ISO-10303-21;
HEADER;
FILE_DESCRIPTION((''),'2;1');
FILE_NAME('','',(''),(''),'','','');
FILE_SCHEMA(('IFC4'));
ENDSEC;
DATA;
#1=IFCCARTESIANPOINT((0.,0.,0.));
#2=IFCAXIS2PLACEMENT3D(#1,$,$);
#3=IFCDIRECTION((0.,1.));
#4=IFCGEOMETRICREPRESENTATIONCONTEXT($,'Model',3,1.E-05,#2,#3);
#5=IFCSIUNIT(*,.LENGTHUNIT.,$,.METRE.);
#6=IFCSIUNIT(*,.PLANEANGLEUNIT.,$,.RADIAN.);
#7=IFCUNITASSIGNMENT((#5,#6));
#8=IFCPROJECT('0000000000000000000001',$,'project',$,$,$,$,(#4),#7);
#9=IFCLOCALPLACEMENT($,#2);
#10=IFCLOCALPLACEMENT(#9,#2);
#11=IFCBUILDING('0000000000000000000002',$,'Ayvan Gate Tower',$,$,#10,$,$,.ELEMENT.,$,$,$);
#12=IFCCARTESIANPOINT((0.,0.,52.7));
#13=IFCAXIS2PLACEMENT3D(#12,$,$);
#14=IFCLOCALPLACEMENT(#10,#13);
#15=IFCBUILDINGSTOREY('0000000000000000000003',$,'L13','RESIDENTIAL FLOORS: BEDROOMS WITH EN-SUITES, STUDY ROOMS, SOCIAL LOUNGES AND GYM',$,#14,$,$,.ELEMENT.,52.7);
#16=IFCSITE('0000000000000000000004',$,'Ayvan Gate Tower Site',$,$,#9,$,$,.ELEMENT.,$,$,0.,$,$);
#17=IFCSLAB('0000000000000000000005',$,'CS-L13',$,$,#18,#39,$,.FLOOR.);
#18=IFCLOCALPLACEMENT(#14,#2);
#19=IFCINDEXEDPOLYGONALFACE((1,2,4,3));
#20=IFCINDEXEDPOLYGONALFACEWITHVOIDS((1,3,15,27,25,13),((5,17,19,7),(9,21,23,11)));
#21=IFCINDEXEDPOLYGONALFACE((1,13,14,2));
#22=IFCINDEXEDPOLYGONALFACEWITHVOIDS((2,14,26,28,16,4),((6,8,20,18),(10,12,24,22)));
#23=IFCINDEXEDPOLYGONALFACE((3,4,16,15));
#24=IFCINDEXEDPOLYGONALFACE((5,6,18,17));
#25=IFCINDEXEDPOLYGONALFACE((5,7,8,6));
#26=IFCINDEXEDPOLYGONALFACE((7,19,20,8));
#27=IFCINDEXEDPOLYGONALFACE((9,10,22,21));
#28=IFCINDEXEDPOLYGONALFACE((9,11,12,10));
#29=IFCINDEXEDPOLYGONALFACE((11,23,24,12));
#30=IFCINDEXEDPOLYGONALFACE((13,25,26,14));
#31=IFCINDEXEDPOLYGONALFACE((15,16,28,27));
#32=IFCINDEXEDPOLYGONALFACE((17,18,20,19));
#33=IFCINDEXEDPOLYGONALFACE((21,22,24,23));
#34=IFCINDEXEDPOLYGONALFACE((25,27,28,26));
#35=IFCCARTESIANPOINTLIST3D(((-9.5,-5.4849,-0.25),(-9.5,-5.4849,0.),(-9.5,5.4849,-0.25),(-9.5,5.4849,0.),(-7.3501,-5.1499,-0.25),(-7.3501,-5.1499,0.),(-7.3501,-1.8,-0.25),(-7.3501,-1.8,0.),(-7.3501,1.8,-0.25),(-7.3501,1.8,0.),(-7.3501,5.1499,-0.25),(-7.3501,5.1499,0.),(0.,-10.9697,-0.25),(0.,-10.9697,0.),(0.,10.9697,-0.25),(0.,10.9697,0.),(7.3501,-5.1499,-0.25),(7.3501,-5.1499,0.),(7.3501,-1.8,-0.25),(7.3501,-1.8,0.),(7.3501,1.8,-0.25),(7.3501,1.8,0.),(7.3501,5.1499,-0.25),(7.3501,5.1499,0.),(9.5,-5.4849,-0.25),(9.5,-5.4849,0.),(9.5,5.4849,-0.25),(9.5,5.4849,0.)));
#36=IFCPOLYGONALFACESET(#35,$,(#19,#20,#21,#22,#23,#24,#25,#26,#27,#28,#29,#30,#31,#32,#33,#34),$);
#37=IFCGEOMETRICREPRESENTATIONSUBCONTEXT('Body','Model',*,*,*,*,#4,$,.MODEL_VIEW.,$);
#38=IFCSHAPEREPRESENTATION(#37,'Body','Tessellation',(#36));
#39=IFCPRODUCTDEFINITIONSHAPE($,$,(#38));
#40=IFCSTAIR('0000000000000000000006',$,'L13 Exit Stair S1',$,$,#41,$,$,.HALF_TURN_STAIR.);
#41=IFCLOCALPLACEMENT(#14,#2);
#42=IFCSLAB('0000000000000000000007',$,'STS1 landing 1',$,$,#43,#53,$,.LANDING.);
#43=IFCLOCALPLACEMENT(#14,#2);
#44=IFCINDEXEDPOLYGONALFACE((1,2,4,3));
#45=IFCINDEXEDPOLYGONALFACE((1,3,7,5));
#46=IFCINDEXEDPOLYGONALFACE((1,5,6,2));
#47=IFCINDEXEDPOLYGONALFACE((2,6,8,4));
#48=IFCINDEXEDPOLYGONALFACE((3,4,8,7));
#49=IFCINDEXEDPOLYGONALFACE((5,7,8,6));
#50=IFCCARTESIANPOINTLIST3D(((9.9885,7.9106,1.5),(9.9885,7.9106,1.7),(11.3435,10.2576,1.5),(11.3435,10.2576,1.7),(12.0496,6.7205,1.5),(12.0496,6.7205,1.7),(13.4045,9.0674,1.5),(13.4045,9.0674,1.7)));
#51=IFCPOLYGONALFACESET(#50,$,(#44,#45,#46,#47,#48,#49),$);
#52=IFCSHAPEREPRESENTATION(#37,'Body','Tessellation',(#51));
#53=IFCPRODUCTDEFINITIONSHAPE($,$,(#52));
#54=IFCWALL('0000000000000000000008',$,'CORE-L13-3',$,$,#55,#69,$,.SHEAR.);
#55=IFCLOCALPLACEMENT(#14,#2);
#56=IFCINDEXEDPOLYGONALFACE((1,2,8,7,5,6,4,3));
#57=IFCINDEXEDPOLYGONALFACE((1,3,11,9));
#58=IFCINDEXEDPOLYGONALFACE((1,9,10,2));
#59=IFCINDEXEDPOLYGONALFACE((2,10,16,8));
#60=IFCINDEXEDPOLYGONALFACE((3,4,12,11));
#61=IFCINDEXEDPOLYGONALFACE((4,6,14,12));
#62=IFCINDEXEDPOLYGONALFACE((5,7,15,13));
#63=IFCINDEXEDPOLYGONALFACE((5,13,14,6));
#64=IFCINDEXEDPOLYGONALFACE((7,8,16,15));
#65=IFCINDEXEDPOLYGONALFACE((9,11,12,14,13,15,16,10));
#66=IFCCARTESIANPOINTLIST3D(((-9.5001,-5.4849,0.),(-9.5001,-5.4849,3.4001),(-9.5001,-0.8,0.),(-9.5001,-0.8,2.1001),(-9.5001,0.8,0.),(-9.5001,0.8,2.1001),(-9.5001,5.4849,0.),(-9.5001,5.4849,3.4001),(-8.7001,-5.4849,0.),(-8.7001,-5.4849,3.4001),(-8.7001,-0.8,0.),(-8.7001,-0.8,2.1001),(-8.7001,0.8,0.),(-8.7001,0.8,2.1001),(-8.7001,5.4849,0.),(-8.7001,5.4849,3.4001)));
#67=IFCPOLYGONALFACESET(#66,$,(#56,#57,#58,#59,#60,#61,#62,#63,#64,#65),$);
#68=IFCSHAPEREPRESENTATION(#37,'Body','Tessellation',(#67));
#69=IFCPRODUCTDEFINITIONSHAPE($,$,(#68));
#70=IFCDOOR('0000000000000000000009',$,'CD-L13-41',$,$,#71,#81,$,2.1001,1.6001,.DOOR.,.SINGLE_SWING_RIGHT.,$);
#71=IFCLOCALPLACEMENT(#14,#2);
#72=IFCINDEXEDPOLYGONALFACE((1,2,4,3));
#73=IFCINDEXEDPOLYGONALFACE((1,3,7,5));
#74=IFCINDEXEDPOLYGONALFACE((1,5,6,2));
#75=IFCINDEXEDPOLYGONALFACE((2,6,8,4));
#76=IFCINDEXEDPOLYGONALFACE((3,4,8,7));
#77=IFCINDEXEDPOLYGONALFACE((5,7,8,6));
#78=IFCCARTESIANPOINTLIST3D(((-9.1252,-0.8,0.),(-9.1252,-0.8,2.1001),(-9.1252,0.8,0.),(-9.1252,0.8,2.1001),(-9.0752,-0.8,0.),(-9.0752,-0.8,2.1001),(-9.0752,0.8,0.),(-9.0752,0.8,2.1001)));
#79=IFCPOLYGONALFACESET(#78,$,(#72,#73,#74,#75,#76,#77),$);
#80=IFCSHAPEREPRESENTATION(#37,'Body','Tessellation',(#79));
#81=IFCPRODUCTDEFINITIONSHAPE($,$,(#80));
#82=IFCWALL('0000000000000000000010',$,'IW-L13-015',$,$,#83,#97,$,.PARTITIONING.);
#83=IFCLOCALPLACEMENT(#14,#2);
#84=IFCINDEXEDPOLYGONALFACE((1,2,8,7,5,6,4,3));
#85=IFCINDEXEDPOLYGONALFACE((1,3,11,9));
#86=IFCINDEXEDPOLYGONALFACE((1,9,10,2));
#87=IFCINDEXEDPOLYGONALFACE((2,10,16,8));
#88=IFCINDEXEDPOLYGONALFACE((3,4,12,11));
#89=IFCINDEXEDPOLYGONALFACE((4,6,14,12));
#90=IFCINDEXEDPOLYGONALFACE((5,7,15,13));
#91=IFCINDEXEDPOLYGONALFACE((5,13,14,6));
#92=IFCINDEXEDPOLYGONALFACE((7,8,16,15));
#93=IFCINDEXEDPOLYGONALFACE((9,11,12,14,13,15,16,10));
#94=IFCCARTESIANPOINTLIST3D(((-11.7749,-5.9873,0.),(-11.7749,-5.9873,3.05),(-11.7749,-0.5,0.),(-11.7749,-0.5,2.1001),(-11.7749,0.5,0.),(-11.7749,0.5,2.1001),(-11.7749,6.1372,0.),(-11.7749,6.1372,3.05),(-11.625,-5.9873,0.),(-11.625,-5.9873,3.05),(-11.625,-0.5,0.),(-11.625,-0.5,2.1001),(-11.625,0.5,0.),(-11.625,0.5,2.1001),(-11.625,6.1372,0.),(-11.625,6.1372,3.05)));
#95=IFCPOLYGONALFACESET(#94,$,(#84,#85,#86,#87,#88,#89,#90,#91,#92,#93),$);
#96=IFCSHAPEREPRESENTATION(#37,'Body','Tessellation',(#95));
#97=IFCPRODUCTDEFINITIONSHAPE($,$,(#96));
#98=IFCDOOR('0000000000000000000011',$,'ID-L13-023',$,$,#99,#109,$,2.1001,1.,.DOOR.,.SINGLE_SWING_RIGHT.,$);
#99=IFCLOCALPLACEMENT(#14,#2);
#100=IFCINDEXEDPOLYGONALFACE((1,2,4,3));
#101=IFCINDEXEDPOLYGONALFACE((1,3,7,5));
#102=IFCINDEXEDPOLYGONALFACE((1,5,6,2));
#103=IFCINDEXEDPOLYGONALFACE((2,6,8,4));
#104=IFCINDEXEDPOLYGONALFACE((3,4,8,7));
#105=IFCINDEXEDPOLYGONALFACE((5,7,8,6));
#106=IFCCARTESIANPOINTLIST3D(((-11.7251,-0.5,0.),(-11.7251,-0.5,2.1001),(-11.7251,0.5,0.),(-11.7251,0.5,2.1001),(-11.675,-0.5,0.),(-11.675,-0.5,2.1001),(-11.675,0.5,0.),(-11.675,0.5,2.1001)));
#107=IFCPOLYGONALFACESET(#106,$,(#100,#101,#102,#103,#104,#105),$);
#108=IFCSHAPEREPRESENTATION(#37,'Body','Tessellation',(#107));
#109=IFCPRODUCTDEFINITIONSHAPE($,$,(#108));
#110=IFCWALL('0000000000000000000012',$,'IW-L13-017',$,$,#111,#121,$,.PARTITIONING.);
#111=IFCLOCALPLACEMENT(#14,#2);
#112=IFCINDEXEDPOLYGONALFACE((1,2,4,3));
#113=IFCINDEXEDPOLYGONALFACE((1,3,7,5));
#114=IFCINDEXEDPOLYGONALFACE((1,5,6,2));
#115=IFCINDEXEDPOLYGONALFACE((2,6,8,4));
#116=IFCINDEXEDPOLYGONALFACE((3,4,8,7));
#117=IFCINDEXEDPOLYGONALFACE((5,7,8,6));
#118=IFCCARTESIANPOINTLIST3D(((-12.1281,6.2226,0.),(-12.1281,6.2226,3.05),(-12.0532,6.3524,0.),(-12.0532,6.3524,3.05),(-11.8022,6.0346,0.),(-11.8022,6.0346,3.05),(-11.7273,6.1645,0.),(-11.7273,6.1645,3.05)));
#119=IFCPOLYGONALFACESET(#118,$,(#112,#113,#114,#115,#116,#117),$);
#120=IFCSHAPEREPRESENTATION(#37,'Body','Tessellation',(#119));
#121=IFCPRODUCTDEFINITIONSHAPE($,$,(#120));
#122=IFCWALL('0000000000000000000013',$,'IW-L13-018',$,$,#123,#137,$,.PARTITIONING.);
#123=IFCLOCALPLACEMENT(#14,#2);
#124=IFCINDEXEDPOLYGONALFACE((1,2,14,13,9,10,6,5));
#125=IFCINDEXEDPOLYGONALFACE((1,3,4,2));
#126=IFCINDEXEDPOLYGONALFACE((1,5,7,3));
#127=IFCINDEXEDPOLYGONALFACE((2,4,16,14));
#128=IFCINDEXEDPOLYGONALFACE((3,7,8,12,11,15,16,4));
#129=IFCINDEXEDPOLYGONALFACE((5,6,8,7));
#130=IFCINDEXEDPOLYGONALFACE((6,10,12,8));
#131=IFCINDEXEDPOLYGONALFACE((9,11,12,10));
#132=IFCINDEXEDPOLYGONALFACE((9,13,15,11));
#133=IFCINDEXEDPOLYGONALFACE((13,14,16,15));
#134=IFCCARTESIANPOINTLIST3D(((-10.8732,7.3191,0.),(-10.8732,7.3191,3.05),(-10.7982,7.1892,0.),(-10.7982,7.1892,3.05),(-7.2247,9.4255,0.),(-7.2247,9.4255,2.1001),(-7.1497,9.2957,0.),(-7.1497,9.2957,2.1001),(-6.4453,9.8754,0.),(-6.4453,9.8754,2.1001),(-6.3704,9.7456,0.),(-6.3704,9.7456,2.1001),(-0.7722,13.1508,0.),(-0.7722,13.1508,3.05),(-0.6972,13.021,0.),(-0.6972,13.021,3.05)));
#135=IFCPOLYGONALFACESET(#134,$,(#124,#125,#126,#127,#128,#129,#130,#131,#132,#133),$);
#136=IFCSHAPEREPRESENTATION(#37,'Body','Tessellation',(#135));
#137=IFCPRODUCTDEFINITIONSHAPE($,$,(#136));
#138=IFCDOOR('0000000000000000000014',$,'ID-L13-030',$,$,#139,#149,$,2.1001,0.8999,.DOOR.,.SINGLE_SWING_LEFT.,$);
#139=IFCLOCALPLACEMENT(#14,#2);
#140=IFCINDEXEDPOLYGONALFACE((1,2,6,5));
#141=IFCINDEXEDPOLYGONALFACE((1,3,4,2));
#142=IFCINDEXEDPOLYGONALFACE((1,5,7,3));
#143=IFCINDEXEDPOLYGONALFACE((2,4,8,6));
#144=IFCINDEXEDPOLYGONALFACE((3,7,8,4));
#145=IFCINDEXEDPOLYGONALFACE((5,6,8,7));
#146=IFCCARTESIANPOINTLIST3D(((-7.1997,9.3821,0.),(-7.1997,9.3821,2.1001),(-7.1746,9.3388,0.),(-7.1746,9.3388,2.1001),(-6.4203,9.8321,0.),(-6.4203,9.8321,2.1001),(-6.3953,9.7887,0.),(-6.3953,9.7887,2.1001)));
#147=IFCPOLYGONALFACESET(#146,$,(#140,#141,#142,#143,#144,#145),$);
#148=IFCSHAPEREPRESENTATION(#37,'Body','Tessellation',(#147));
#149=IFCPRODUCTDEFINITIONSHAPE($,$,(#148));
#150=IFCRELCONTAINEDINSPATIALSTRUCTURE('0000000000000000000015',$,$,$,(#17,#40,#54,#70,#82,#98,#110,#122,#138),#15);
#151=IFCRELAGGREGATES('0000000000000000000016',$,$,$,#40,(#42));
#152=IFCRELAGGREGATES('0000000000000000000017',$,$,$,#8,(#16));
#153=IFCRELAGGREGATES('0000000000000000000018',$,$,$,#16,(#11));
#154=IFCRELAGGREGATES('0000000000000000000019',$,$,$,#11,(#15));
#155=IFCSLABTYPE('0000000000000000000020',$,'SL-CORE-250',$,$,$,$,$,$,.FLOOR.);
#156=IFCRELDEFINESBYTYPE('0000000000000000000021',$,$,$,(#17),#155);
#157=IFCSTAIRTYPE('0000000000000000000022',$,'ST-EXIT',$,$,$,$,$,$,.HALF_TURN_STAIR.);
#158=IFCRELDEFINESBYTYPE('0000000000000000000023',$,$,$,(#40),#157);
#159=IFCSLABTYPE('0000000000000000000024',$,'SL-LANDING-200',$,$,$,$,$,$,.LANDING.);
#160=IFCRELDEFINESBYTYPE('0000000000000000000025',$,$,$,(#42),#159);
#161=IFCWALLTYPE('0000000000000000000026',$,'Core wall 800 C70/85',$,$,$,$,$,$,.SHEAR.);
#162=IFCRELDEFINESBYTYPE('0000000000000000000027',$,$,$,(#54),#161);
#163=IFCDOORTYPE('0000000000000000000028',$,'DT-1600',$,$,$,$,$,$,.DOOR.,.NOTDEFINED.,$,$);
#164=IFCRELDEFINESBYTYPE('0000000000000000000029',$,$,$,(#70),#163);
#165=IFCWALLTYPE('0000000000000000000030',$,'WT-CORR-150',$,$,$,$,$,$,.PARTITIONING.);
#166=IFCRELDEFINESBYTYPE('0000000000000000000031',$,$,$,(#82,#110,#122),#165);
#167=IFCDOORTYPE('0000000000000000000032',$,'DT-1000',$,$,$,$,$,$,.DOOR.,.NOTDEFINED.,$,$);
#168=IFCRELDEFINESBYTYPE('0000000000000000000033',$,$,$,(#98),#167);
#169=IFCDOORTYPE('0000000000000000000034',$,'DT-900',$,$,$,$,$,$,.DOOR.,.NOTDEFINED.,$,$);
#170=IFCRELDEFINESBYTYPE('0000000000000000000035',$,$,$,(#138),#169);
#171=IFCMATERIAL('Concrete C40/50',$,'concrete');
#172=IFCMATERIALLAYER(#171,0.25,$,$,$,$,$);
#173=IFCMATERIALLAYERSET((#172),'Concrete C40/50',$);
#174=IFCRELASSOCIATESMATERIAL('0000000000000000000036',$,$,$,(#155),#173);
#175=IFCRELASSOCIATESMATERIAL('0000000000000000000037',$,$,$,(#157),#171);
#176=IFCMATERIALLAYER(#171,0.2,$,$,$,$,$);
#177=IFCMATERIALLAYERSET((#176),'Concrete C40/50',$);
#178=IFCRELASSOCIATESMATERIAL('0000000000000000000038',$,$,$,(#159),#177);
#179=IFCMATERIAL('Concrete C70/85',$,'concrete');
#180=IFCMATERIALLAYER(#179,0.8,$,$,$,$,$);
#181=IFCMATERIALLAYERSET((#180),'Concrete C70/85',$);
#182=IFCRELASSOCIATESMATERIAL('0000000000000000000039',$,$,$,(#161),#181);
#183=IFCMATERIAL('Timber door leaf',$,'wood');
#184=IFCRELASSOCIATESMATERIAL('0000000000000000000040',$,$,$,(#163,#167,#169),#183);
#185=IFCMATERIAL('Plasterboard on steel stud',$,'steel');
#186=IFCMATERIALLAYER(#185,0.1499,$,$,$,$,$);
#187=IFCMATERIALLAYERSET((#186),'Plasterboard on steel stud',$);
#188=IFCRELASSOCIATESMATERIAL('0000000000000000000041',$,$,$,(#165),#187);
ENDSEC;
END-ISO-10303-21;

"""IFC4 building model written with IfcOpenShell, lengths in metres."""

from ifc_helpers import new_model, si_unit, direction, frame, frame_2d, origin, place, context, subcontext, project, spatial, polyline, rectangle, outline, extrude, material, layer, layer_set, type_object, element, fill, aggregate, save


model = new_model("IFC4")

# Units and contexts
model_context = context("Model", 3, precision=1e-05, world=origin(), true_north=direction((0.0, 1.0)))
body_context = subcontext(model_context, "Body", "Model", "MODEL_VIEW")
ifc_project = project(units=[si_unit("LENGTHUNIT", "METRE"), si_unit("PLANEANGLEUNIT", "RADIAN")], contexts=[model_context])

# Site, building, storey
site_placement = place(None, origin())
site = spatial("IfcSite", under=ifc_project, at=site_placement, Name="Ayvan Gate Tower Site", CompositionType="ELEMENT", RefElevation=0.0)
building_placement = place(site_placement, origin())
building = spatial("IfcBuilding", under=site, at=building_placement, Name="Ayvan Gate Tower", CompositionType="ELEMENT")
storey_placement = place(building_placement, frame((0.0, 0.0, 52.7)))
storey = spatial("IfcBuildingStorey", under=building, at=storey_placement, Name="L13", Description="RESIDENTIAL FLOORS: BEDROOMS WITH EN-SUITES, STUDY ROOMS, SOCIAL LOUNGES AND GYM", CompositionType="ELEMENT", Elevation=52.7)

# Slab
ifc_material_1 = material(Name="Concrete C40/50", Category="concrete")
ifc_layer_1 = layer(ifc_material_1, 0.25)
ifc_layer_set_1 = layer_set([ifc_layer_1], Name="Concrete C40/50")
slab_type_1 = type_object("IfcSlabType", Name="SL-CORE-250", PredefinedType="FLOOR", material=ifc_layer_set_1)
slab_1_placement = place(storey_placement, frame((0.0, 0.0, -0.25)))
element("IfcSlab", 1, at=slab_1_placement, inside=storey, type_object=slab_type_1, Name="CS-L13", PredefinedType="FLOOR", context=body_context, shape_type="SweptSolid", body=[
    extrude(outline(polyline([(9.5, -5.4849), (0.0, -10.9697), (-9.5, -5.4849), (-9.5, 5.4849), (0.0, 10.9697), (9.5, 5.4849), (9.5, -5.4849)]), holes=[polyline([(-7.3501, -1.8), (-7.3501, -5.1499), (7.3501, -5.1499), (7.3501, -1.8), (-7.3501, -1.8)]), polyline([(-7.3501, 5.1499), (-7.3501, 1.8), (7.3501, 1.8), (7.3501, 5.1499), (-7.3501, 5.1499)])]), origin(), (0.0, 0.0, 1.0), 0.25),
])

# Stair, slab
stair_type = type_object("IfcStairType", Name="ST-EXIT", PredefinedType="HALF_TURN_STAIR", material=ifc_material_1)
stair_placement = place(storey_placement, origin())
stair = element("IfcStair", 2, at=stair_placement, inside=storey, type_object=stair_type, Name="L13 Exit Stair S1", PredefinedType="HALF_TURN_STAIR")
ifc_layer_2 = layer(ifc_material_1, 0.2)
ifc_layer_set_2 = layer_set([ifc_layer_2], Name="Concrete C40/50")
slab_type_2 = type_object("IfcSlabType", Name="SL-LANDING-200", PredefinedType="LANDING", material=ifc_layer_set_2)
slab_2_placement = place(storey_placement, frame((0.0, 0.0, 1.5)))
slab_2 = element("IfcSlab", 3, at=slab_2_placement, type_object=slab_type_2, Name="STS1 landing 1", PredefinedType="LANDING", context=body_context, shape_type="SweptSolid", body=[
    extrude(outline(polyline([(9.9885, 7.9106), (12.0496, 6.7205), (13.4045, 9.0674), (11.3435, 10.2576), (9.9885, 7.9106)])), origin(), (0.0, 0.0, 1.0), 0.2),
])
aggregate(stair, [slab_2])

# Walls, openings, doors
ifc_material_2 = material(Name="Concrete C70/85", Category="concrete")
ifc_layer_3 = layer(ifc_material_2, 0.8)
ifc_layer_set_3 = layer_set([ifc_layer_3], Name="Concrete C70/85")
wall_type_1 = type_object("IfcWallType", Name="Core wall 800 C70/85", PredefinedType="SHEAR", material=ifc_layer_set_3)
wall_1_placement = place(storey_placement, frame((-9.1001, 5.4849, 0.0), z_axis=(0.0, 0.0, 1.0), x_axis=(0.0, -1.0, 0.0)))
wall_1 = element("IfcWall", 4, at=wall_1_placement, inside=storey, type_object=wall_type_1, Name="CORE-L13-3", PredefinedType="SHEAR", context=body_context, shape_type="SweptSolid", body=[
    extrude(rectangle(XDim=10.9697, YDim=0.8, at=frame_2d((5.4849, 0.0))), origin(), (0.0, 0.0, 1.0), 3.4001),
])
opening_1_placement = place(wall_1_placement, frame((4.6848, 0.0, 0.0)))
opening_1 = element("IfcOpeningElement", 5, at=opening_1_placement, cuts=wall_1, PredefinedType="OPENING", context=body_context, shape_type="SweptSolid", body=[
    extrude(rectangle(XDim=1.6001, YDim=2.1001, at=frame_2d((0.8, 1.05))), frame((0.0, 0.4099, 0.0), z_axis=(0.0, -1.0, 0.0), x_axis=(1.0, 0.0, 0.0)), (0.0, 0.0, 1.0), 0.8201),
])
ifc_material_3 = material(Name="Timber door leaf", Category="wood")
door_type_1 = type_object("IfcDoorType", Name="DT-1600", OperationType="NOTDEFINED", PredefinedType="DOOR", material=ifc_material_3)
door_1_placement = place(opening_1_placement, origin())
door_1 = element("IfcDoor", 6, at=door_1_placement, inside=storey, type_object=door_type_1, Name="CD-L13-41", OperationType="SINGLE_SWING_RIGHT", OverallHeight=2.1001, OverallWidth=1.6001, PredefinedType="DOOR", context=body_context, shape_type="SweptSolid", body=[
    extrude(rectangle(XDim=1.6001, YDim=2.1001, at=frame_2d((0.8, 1.05))), frame((0.0, 0.0249, 0.0), z_axis=(0.0, -1.0, 0.0), x_axis=(1.0, 0.0, 0.0)), (0.0, 0.0, 1.0), 0.05),
])
fill(opening_1, door_1)
ifc_material_4 = material(Name="Plasterboard on steel stud", Category="steel")
ifc_layer_4 = layer(ifc_material_4, 0.1499)
ifc_layer_set_4 = layer_set([ifc_layer_4], Name="Plasterboard on steel stud")
wall_type_2 = type_object("IfcWallType", Name="WT-CORR-150", PredefinedType="PARTITIONING", material=ifc_layer_set_4)
wall_2_placement = place(storey_placement, frame((-11.7, 6.1372, 0.0), z_axis=(0.0, 0.0, 1.0), x_axis=(0.0, -1.0, 0.0)))
wall_2 = element("IfcWall", 7, at=wall_2_placement, inside=storey, type_object=wall_type_2, Name="IW-L13-015", PredefinedType="PARTITIONING", context=body_context, shape_type="SweptSolid", body=[
    extrude(rectangle(XDim=12.1245, YDim=0.1499, at=frame_2d((6.0623, 0.0))), origin(), (0.0, 0.0, 1.0), 3.05),
])
opening_2_placement = place(wall_2_placement, frame((5.6372, 0.0, 0.0)))
opening_2 = element("IfcOpeningElement", 8, at=opening_2_placement, cuts=wall_2, PredefinedType="OPENING", context=body_context, shape_type="SweptSolid", body=[
    extrude(rectangle(XDim=1.0, YDim=2.1001, at=frame_2d((0.5, 1.05))), frame((0.0, 0.085, 0.0), z_axis=(0.0, -1.0, 0.0), x_axis=(1.0, 0.0, 0.0)), (0.0, 0.0, 1.0), 0.1699),
])
door_type_2 = type_object("IfcDoorType", Name="DT-1000", OperationType="NOTDEFINED", PredefinedType="DOOR", material=ifc_material_3)
door_2_placement = place(opening_2_placement, origin())
door_2 = element("IfcDoor", 9, at=door_2_placement, inside=storey, type_object=door_type_2, Name="ID-L13-023", OperationType="SINGLE_SWING_RIGHT", OverallHeight=2.1001, OverallWidth=1.0, PredefinedType="DOOR", context=body_context, shape_type="SweptSolid", body=[
    extrude(rectangle(XDim=1.0, YDim=2.1001, at=frame_2d((0.5, 1.05))), frame((0.0, 0.0249, 0.0), z_axis=(0.0, -1.0, 0.0), x_axis=(1.0, 0.0, 0.0)), (0.0, 0.0, 1.0), 0.05),
])
fill(opening_2, door_2)

# Wall
wall_3_placement = place(storey_placement, frame((-11.7649, 6.0996, 0.0), z_axis=(0.0, 0.0, 1.0), x_axis=(-0.86624, 0.499629, 0.0)))
element("IfcWall", 10, at=wall_3_placement, inside=storey, type_object=wall_type_2, Name="IW-L13-017", PredefinedType="PARTITIONING", context=body_context, shape_type="SweptSolid", body=[
    extrude(rectangle(XDim=0.3762, YDim=0.1499, at=frame_2d((0.188, 0.0))), origin(), (0.0, 0.0, 1.0), 3.05),
])

# Wall, opening, door
wall_4_placement = place(storey_placement, frame((-10.8357, 7.2542, 0.0), z_axis=(0.0, 0.0, 1.0), x_axis=(0.866028, 0.499995, 0.0)))
wall_4 = element("IfcWall", 11, at=wall_4_placement, inside=storey, type_object=wall_type_2, Name="IW-L13-018", PredefinedType="PARTITIONING", context=body_context, shape_type="SweptSolid", body=[
    extrude(rectangle(XDim=11.6636, YDim=0.1499, at=frame_2d((5.8318, 0.0))), origin(), (0.0, 0.0, 1.0), 3.05),
])
opening_3_placement = place(wall_4_placement, frame((4.2129, 0.0, 0.0)))
opening_3 = element("IfcOpeningElement", 12, at=opening_3_placement, cuts=wall_4, PredefinedType="OPENING", context=body_context, shape_type="SweptSolid", body=[
    extrude(rectangle(XDim=0.8999, YDim=2.1001, at=frame_2d((0.45, 1.05))), frame((0.0, 0.085, 0.0), z_axis=(0.0, -1.0, 0.0), x_axis=(1.0, 0.0, 0.0)), (0.0, 0.0, 1.0), 0.1699),
])
door_type_3 = type_object("IfcDoorType", Name="DT-900", OperationType="NOTDEFINED", PredefinedType="DOOR", material=ifc_material_3)
door_3_placement = place(opening_3_placement, origin())
door_3 = element("IfcDoor", 13, at=door_3_placement, inside=storey, type_object=door_type_3, Name="ID-L13-030", OperationType="SINGLE_SWING_LEFT", OverallHeight=2.1001, OverallWidth=0.8999, PredefinedType="DOOR", context=body_context, shape_type="SweptSolid", body=[
    extrude(rectangle(XDim=0.8999, YDim=2.1001, at=frame_2d((0.45, 1.05))), frame((0.0, 0.0249, 0.0), z_axis=(0.0, -1.0, 0.0), x_axis=(1.0, 0.0, 0.0)), (0.0, 0.0, 1.0), 0.05),
])
fill(opening_3, door_3)

save(model, "model.ifc")
